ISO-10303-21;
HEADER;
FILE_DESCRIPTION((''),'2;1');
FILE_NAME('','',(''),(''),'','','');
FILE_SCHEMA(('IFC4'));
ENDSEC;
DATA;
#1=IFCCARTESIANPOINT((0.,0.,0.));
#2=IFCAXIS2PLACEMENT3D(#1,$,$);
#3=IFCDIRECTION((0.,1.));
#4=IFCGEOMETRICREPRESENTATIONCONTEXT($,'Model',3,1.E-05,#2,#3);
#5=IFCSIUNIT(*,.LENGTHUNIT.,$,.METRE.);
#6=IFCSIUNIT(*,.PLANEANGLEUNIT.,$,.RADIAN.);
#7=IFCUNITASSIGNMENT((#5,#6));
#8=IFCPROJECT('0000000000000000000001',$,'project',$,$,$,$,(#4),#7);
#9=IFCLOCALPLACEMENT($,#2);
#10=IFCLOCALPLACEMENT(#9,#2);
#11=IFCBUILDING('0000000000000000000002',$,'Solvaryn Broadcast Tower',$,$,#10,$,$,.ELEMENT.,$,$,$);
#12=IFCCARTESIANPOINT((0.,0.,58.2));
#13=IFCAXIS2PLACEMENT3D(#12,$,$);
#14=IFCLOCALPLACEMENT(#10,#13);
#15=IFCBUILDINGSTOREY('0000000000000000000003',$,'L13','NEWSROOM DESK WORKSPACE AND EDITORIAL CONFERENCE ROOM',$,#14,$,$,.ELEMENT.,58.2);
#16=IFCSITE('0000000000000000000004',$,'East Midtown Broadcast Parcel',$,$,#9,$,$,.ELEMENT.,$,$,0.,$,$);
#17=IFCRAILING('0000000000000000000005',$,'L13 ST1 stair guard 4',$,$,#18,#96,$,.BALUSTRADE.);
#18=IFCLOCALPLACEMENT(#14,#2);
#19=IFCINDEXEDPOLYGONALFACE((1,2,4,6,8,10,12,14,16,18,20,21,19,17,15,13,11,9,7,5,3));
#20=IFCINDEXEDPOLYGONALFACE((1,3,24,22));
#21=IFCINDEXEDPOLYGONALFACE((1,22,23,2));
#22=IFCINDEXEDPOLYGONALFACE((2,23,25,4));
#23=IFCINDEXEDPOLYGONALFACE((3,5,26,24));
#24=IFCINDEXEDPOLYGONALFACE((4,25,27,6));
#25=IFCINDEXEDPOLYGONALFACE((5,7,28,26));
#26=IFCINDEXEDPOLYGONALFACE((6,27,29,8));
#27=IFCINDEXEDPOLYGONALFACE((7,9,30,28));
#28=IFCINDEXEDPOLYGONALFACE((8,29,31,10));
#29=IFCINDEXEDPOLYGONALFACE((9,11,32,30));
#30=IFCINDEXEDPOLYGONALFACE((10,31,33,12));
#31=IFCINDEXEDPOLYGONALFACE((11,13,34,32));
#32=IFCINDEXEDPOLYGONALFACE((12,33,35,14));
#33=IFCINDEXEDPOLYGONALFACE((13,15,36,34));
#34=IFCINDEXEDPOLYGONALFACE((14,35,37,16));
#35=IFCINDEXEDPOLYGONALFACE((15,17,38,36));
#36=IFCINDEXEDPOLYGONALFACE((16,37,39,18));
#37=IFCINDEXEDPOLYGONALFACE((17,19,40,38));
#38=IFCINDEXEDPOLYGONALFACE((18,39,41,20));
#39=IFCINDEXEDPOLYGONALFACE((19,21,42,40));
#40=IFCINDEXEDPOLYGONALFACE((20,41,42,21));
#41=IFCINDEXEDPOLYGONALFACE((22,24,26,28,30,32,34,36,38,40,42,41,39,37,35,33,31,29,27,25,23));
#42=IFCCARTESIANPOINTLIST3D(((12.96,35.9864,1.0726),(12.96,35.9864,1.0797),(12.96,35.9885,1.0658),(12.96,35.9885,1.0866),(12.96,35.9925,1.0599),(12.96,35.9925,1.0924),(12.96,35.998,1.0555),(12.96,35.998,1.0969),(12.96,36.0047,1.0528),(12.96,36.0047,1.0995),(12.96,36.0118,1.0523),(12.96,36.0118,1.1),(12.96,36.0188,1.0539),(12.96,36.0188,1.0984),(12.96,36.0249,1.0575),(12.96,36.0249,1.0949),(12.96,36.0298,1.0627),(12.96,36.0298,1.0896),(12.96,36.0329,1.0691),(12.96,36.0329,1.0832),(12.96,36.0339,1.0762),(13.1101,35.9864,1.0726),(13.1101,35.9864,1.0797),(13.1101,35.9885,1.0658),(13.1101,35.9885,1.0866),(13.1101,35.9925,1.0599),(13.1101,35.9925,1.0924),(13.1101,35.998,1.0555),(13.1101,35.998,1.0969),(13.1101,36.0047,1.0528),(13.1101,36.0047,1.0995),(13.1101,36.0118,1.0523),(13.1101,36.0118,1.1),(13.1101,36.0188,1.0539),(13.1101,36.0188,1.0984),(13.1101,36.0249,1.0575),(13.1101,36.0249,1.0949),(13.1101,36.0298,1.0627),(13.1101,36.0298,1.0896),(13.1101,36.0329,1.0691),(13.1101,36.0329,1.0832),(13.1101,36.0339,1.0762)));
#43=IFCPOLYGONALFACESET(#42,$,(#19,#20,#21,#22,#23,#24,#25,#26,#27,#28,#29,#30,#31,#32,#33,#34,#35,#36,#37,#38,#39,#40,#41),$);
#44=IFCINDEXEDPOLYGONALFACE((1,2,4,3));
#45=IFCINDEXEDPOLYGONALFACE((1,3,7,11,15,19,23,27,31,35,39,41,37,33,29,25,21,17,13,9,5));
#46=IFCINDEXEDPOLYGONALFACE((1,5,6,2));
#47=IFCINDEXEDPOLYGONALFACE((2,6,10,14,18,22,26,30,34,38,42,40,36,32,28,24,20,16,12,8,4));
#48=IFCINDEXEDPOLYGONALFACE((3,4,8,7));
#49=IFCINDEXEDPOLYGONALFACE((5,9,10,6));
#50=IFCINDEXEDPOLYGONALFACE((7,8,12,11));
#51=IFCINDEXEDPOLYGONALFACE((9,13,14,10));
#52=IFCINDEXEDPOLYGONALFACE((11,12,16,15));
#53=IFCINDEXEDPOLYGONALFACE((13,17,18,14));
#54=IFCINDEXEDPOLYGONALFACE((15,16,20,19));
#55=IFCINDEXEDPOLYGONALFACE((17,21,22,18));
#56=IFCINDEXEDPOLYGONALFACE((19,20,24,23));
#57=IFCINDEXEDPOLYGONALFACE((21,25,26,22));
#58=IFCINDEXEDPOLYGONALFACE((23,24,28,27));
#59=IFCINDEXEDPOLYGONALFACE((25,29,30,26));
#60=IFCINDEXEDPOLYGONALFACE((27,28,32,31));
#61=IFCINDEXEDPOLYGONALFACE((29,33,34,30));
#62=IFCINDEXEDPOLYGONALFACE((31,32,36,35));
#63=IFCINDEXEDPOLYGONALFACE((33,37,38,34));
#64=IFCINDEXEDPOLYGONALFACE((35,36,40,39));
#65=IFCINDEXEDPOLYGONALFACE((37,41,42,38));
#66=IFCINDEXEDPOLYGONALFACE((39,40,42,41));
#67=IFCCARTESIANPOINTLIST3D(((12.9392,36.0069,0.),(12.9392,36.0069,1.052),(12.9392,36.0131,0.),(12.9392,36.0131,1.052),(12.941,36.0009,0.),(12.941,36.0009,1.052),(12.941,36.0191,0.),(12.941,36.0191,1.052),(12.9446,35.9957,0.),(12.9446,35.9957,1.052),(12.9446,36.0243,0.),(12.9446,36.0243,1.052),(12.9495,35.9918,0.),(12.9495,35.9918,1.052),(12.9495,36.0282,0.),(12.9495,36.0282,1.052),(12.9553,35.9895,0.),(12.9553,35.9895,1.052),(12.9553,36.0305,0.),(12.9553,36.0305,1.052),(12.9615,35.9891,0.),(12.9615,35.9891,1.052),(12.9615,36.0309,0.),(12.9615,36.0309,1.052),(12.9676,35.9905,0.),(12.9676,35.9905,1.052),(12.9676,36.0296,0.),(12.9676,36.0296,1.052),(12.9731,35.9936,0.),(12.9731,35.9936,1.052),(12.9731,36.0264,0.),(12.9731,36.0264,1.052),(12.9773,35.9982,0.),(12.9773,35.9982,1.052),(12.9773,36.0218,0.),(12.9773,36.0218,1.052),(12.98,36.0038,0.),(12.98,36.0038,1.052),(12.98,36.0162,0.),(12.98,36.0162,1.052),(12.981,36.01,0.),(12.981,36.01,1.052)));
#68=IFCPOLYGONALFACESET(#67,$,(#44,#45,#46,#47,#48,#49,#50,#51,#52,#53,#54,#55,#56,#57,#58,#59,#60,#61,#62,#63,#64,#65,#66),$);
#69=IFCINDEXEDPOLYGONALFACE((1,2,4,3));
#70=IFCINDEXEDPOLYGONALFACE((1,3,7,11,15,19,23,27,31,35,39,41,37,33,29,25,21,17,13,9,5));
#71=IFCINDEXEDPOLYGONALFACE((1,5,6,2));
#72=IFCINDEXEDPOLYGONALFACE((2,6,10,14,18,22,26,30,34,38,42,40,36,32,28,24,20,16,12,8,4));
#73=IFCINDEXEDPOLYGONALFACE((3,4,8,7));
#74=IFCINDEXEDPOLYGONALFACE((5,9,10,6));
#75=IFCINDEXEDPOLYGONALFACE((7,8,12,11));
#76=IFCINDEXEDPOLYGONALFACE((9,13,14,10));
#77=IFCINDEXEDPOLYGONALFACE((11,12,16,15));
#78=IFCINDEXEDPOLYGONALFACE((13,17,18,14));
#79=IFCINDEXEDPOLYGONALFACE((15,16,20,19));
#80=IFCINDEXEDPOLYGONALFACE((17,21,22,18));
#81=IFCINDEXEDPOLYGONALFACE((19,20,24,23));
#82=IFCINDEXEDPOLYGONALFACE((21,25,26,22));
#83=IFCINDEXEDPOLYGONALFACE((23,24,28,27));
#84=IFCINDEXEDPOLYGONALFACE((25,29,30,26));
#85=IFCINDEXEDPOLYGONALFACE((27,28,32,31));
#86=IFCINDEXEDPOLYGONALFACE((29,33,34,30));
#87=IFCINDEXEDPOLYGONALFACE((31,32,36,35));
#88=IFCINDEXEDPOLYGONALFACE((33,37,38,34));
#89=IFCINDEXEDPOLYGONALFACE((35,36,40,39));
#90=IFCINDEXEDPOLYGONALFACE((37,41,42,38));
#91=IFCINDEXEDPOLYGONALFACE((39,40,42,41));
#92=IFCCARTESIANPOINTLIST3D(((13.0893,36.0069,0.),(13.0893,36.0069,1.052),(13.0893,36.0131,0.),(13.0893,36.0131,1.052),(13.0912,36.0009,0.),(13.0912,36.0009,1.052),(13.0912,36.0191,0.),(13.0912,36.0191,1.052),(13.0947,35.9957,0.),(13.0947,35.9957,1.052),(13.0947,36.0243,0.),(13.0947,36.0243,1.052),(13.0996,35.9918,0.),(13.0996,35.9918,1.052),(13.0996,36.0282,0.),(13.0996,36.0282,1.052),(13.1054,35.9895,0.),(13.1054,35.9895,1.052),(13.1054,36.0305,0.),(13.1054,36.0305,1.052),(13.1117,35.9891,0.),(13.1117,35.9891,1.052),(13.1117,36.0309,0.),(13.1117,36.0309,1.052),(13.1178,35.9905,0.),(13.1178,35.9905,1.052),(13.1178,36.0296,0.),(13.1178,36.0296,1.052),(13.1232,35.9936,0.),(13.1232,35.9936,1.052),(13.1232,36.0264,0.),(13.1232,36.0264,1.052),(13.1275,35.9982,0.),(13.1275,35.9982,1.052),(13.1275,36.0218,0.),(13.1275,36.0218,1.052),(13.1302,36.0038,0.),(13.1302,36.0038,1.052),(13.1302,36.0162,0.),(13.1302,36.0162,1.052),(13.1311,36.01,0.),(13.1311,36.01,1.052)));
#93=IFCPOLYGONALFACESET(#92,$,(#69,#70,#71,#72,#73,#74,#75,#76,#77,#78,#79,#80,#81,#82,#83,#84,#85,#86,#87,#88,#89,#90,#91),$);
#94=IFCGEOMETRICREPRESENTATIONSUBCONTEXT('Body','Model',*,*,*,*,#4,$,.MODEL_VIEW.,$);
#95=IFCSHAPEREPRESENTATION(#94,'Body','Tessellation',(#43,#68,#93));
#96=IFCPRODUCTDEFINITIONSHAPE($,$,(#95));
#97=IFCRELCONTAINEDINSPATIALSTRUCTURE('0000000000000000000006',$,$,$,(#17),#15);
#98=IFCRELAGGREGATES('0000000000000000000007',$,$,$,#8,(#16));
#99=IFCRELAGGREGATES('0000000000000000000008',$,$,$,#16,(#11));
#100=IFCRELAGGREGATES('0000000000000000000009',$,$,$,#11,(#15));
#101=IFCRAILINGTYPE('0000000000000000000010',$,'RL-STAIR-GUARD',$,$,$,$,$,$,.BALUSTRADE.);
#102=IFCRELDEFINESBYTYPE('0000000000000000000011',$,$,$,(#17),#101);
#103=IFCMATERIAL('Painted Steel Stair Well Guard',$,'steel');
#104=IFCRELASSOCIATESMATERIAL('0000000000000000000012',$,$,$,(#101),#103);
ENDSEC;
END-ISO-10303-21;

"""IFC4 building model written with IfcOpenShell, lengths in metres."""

from ifc_helpers import new_model, si_unit, direction, frame, origin, origin_2d, place, context, subcontext, project, spatial, circle, extrude, material, type_object, element, save


model = new_model("IFC4")

# Units and contexts
model_context = context("Model", 3, precision=1e-05, world=origin(), true_north=direction((0.0, 1.0)))
body_context = subcontext(model_context, "Body", "Model", "MODEL_VIEW")
ifc_project = project(units=[si_unit("LENGTHUNIT", "METRE"), si_unit("PLANEANGLEUNIT", "RADIAN")], contexts=[model_context])

# Site, building, storey
site_placement = place(None, origin())
site = spatial("IfcSite", under=ifc_project, at=site_placement, Name="East Midtown Broadcast Parcel", CompositionType="ELEMENT", RefElevation=0.0)
building_placement = place(site_placement, origin())
building = spatial("IfcBuilding", under=site, at=building_placement, Name="Solvaryn Broadcast Tower", CompositionType="ELEMENT")
storey_placement = place(building_placement, frame((0.0, 0.0, 58.2)))
storey = spatial("IfcBuildingStorey", under=building, at=storey_placement, Name="L13", Description="NEWSROOM DESK WORKSPACE AND EDITORIAL CONFERENCE ROOM", CompositionType="ELEMENT", Elevation=58.2)

# Railing
ifc_material_1 = material(Name="Painted Steel Stair Well Guard", Category="steel")
railing_type_1 = type_object("IfcRailingType", Name="RL-STAIR-GUARD", PredefinedType="BALUSTRADE", material=ifc_material_1)
railing_1_placement = place(storey_placement, frame((12.96, 36.01, 0.0)))
element("IfcRailing", 1, at=railing_1_placement, inside=storey, type_object=railing_type_1, Name="L13 ST1 stair guard 4", PredefinedType="BALUSTRADE", context=body_context, shape_type="SweptSolid", body=[
    extrude(circle(Radius=0.0239, at=origin_2d()), frame((0.0, 0.0, 1.0762), z_axis=(1.0, 0.0, 0.0), x_axis=(0.0, 1.0, 0.0)), (0.0, 0.0, 1.0), 0.1501),
    extrude(circle(Radius=0.021, at=origin_2d()), origin(), (0.0, 0.0, 1.0), 1.052),
    extrude(circle(Radius=0.021, at=origin_2d()), frame((0.1501, 0.0, 0.0)), (0.0, 0.0, 1.0), 1.052),
])

save(model, "model.ifc")
